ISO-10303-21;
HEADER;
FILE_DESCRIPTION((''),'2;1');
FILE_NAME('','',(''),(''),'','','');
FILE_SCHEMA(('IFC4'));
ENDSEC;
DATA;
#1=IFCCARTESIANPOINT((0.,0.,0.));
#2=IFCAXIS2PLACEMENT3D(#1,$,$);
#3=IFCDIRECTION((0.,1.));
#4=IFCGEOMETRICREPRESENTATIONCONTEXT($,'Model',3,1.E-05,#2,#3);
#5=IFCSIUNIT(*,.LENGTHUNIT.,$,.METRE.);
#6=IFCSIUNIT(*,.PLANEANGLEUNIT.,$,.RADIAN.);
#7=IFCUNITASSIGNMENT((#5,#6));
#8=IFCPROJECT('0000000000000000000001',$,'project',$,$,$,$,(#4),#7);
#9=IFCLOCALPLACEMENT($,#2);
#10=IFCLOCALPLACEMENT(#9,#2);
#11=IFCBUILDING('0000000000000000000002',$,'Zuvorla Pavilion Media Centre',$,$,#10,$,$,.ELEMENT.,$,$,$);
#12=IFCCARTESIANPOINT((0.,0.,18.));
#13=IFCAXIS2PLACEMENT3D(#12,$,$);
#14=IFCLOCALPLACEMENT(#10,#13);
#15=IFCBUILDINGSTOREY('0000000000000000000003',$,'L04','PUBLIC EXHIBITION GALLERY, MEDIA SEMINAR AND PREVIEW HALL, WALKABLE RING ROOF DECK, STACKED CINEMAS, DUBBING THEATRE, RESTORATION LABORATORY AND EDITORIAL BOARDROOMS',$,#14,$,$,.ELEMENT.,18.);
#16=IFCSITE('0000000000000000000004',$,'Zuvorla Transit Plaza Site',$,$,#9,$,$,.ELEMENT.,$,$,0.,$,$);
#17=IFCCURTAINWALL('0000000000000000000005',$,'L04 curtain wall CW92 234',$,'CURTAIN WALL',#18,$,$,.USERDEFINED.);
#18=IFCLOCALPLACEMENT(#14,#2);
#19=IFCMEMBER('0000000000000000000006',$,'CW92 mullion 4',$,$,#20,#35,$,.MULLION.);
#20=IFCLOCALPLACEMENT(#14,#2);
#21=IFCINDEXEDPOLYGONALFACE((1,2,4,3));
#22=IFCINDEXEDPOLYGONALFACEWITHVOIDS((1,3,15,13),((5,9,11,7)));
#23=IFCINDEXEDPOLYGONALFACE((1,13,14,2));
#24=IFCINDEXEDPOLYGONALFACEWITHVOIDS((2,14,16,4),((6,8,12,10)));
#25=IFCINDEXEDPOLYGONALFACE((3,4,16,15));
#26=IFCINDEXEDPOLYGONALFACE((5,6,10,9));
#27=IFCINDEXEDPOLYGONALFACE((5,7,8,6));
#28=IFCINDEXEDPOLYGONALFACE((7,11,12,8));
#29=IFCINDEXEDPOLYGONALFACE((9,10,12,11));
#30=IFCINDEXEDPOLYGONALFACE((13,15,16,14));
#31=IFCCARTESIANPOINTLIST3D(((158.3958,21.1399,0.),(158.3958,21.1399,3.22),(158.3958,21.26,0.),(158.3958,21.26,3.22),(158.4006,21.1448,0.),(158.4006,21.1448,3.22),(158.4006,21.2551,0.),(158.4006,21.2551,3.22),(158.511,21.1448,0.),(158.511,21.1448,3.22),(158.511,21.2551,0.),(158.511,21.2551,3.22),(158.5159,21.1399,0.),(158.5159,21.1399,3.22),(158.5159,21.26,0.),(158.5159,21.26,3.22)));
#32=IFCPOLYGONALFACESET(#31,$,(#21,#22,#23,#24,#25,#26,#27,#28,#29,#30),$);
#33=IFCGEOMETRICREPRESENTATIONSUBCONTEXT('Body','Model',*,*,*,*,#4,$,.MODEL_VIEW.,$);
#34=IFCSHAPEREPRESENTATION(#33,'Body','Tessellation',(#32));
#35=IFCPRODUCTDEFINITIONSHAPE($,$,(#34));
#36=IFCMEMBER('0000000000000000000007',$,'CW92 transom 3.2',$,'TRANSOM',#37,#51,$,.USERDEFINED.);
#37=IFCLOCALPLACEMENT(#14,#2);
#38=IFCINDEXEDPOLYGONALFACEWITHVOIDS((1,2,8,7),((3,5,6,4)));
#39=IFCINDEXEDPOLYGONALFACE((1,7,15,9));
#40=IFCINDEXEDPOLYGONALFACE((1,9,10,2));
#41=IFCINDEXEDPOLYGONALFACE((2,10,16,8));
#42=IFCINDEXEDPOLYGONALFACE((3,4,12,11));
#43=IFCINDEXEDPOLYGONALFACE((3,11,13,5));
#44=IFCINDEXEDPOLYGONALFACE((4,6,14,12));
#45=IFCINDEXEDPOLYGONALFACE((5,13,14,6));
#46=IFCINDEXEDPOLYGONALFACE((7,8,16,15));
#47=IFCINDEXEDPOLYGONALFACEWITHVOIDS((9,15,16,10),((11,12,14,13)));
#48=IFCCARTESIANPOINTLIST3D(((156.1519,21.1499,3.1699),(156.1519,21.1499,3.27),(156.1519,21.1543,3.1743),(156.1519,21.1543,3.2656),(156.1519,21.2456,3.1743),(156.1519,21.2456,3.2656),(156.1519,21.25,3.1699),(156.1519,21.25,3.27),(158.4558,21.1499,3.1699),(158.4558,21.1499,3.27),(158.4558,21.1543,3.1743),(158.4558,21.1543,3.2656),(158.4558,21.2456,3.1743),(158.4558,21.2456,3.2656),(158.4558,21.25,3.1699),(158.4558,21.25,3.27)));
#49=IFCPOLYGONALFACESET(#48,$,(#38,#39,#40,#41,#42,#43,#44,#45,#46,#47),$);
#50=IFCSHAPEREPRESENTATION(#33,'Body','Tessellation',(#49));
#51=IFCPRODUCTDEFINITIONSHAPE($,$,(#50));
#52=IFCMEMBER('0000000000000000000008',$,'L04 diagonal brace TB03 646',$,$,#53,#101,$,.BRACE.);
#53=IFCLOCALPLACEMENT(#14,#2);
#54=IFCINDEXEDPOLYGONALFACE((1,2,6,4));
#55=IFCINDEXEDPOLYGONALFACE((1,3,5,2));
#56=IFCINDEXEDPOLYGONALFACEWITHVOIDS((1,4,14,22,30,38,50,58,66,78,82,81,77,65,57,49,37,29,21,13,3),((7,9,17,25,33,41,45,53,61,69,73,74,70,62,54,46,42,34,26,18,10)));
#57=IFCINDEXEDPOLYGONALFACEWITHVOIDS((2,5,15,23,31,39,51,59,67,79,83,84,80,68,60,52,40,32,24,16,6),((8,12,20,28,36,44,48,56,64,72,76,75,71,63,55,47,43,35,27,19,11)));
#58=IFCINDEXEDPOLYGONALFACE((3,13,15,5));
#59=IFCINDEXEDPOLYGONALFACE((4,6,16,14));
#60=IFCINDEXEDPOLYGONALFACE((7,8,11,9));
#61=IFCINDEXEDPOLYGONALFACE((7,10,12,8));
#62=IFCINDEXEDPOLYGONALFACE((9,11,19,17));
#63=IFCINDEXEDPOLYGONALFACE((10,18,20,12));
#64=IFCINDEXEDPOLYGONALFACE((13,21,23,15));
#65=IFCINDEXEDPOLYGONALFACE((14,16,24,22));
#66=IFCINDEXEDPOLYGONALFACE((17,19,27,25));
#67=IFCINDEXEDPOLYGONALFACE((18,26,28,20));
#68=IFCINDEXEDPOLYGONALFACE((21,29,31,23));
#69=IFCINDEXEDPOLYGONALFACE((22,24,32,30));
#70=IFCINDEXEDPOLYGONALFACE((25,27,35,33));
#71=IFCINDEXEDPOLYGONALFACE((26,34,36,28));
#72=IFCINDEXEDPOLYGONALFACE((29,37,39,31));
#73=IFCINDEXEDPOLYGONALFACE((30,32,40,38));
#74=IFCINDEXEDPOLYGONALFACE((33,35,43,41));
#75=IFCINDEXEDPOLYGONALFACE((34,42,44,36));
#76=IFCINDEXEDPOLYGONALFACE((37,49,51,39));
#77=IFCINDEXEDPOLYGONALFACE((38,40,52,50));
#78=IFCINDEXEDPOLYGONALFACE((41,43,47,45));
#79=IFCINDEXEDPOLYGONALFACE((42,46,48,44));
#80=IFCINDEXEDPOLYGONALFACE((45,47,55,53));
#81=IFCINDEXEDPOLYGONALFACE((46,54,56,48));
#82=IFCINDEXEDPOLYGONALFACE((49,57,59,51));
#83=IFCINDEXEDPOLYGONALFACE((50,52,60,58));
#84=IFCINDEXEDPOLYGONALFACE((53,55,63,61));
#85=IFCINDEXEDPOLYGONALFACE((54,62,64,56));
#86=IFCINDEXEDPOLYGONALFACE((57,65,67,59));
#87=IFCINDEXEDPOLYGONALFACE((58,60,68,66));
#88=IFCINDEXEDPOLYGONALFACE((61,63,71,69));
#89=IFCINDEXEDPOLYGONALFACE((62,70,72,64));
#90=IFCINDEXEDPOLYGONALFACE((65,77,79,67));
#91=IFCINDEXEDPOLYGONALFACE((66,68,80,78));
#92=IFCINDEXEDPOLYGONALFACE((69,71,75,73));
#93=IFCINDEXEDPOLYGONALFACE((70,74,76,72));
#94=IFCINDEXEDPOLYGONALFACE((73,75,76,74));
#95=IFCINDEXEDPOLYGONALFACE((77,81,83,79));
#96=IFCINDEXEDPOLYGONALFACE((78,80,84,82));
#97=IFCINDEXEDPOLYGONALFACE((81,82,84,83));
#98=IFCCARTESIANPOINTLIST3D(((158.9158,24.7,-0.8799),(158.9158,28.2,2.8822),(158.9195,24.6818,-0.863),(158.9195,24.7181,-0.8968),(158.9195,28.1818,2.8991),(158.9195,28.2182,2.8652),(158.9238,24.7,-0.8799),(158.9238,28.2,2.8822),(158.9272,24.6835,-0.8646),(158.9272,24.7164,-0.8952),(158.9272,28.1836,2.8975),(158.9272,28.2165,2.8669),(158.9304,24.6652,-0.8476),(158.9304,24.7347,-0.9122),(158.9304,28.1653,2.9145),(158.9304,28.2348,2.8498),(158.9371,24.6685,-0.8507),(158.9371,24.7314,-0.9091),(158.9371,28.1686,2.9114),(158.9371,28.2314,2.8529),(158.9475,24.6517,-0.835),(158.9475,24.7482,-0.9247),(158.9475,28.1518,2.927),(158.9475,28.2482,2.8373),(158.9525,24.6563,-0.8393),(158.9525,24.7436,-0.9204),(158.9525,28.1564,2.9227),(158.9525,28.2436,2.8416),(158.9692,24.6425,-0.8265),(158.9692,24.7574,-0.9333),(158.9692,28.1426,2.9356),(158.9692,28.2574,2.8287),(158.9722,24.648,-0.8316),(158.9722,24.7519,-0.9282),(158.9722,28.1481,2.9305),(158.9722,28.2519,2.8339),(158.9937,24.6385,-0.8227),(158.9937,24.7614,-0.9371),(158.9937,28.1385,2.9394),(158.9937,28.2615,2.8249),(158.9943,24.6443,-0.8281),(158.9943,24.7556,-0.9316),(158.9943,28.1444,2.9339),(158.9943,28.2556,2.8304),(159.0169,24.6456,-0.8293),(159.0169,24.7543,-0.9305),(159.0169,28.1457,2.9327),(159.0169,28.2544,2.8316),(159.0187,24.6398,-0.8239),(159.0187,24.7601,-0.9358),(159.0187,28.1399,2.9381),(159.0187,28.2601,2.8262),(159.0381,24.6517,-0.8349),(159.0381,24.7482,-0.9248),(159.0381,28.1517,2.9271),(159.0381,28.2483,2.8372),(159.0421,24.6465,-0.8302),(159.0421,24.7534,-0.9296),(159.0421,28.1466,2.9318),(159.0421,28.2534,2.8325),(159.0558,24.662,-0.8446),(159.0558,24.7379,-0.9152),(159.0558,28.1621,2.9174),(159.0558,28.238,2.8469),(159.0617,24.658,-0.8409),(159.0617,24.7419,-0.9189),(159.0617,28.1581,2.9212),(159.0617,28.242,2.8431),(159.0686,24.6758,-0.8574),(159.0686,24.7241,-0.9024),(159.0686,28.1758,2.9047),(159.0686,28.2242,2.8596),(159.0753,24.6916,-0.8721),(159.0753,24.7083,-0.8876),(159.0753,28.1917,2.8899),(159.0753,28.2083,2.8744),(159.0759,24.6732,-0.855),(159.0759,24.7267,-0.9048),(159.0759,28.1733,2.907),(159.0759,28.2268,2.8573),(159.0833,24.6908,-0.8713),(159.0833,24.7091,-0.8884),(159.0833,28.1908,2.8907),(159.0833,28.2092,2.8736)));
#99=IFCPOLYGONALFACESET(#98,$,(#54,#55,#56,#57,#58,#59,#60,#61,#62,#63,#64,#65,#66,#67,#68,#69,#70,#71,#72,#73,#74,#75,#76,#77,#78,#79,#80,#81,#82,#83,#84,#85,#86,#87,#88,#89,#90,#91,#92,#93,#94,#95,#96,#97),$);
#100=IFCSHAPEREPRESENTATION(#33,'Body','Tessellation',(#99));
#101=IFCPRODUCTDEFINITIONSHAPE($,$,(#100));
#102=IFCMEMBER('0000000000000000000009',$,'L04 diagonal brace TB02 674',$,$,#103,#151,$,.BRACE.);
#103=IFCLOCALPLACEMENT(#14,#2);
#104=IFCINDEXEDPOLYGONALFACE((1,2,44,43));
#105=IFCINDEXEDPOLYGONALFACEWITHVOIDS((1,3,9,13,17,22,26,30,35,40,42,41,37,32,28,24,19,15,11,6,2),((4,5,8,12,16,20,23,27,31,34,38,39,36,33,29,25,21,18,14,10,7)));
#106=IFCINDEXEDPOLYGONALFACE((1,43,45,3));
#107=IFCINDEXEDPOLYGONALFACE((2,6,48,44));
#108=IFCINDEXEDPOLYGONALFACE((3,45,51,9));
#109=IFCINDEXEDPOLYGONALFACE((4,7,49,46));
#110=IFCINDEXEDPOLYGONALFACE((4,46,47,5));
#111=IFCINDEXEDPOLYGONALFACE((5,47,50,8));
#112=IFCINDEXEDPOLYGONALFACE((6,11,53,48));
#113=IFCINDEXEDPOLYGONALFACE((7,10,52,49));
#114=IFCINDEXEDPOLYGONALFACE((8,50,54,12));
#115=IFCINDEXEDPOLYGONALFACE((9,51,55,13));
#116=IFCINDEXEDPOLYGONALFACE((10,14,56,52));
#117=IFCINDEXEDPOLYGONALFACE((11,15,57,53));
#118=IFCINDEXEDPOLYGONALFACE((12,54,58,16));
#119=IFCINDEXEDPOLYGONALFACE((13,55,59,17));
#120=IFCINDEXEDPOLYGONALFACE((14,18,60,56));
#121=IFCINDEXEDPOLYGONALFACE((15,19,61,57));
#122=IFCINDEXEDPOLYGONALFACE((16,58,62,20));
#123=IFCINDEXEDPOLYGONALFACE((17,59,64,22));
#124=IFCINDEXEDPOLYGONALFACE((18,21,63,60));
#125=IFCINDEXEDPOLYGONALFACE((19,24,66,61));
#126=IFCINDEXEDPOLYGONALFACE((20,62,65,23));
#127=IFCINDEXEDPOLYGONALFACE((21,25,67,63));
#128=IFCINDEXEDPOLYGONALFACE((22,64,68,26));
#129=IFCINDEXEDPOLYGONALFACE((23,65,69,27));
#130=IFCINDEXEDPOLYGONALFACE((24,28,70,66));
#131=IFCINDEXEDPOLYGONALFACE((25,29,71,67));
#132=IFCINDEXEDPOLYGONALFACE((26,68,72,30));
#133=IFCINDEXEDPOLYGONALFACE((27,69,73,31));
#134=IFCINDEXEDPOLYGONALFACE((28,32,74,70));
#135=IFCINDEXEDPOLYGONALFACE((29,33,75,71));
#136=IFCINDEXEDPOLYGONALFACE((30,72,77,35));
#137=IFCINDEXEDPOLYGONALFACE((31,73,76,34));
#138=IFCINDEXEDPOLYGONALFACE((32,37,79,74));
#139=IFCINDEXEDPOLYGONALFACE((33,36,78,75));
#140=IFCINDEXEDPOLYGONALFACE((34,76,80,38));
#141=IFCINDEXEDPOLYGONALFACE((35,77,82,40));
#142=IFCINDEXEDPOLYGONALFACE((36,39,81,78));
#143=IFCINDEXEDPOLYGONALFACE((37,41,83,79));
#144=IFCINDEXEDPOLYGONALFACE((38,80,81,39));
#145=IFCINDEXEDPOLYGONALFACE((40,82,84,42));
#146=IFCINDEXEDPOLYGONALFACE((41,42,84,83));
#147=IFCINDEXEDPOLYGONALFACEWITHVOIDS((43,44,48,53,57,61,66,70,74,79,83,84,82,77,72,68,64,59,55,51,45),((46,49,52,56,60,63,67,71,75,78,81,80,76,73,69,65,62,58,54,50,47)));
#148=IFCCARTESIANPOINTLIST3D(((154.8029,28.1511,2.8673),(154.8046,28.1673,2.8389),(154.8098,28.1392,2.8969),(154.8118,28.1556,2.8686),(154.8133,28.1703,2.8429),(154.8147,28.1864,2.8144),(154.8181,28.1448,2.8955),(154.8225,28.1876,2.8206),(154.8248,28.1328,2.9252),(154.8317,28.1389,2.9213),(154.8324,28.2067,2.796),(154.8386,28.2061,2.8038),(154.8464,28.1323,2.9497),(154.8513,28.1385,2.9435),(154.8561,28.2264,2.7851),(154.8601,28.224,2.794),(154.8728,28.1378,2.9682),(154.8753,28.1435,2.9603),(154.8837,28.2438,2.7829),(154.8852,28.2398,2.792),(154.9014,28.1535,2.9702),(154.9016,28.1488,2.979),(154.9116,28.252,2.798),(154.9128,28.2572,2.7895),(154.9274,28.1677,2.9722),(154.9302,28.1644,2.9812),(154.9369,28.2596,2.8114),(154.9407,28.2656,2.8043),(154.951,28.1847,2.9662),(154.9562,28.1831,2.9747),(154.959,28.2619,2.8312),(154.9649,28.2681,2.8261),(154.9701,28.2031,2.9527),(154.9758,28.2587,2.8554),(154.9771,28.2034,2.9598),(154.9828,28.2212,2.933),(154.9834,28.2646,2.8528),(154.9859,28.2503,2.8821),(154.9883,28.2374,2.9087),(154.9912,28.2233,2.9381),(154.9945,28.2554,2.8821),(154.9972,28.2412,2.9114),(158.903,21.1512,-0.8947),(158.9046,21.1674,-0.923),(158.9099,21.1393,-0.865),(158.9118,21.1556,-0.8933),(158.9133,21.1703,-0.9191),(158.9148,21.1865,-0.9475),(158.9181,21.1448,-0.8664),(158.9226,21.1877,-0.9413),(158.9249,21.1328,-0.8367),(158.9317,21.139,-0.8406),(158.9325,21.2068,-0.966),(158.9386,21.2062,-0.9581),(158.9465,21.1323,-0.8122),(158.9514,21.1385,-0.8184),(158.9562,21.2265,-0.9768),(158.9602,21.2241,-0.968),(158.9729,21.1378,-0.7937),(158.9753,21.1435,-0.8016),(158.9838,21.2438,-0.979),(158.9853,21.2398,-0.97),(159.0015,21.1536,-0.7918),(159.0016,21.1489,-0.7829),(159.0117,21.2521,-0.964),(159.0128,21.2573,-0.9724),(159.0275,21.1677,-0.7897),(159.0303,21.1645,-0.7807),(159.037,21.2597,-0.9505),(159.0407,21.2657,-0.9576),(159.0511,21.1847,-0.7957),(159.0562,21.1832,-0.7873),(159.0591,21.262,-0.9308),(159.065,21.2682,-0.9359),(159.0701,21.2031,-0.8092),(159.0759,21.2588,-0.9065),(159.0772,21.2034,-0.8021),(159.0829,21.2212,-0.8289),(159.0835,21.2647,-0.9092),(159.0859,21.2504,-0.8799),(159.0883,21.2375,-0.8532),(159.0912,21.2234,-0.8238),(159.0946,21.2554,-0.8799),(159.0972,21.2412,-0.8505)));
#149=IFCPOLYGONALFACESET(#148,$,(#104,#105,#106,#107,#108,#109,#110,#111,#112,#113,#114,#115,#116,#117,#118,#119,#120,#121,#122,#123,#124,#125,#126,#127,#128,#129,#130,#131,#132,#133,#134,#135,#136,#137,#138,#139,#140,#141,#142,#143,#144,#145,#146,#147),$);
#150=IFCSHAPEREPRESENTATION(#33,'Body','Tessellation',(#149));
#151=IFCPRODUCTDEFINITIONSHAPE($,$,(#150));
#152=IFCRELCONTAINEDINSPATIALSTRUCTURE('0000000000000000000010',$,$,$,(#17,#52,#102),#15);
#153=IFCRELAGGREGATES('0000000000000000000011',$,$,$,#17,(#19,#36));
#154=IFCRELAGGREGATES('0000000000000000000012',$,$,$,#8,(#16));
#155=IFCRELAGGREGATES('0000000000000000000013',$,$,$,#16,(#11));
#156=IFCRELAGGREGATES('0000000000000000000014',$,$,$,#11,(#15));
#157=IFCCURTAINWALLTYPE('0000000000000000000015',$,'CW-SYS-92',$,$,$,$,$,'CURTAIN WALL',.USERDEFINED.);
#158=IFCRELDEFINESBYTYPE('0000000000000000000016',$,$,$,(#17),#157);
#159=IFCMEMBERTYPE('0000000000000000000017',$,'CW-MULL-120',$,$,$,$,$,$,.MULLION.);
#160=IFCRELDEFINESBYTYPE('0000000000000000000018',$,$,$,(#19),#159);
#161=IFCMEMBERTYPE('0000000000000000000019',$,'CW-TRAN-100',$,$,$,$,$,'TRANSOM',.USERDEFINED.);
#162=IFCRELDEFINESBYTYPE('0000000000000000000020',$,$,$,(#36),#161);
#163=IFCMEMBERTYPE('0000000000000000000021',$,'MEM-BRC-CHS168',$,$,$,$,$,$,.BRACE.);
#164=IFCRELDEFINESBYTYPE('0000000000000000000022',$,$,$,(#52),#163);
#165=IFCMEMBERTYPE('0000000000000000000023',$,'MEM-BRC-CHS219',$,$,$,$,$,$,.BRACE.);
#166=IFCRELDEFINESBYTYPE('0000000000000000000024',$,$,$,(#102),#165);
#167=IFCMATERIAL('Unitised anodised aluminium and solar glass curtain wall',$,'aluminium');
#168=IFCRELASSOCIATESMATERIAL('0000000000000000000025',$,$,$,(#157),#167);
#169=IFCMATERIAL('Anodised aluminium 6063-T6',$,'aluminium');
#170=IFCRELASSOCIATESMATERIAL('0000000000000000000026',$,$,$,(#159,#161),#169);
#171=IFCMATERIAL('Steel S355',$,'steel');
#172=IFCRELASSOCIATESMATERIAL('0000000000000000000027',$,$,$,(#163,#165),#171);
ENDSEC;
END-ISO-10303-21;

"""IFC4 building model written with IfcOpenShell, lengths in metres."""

from ifc_helpers import new_model, si_unit, direction, frame, origin, origin_2d, place, context, subcontext, project, spatial, hollow_rectangle, hollow_circle, extrude, material, material_profile, profile_set, type_object, element, aggregate, save


model = new_model("IFC4")

# Units and contexts
model_context = context("Model", 3, precision=1e-05, world=origin(), true_north=direction((0.0, 1.0)))
body_context = subcontext(model_context, "Body", "Model", "MODEL_VIEW")
ifc_project = project(units=[si_unit("LENGTHUNIT", "METRE"), si_unit("PLANEANGLEUNIT", "RADIAN")], contexts=[model_context])

# Site, building, storey
site_placement = place(None, origin())
site = spatial("IfcSite", under=ifc_project, at=site_placement, Name="Zuvorla Transit Plaza Site", CompositionType="ELEMENT", RefElevation=0.0)
building_placement = place(site_placement, origin())
building = spatial("IfcBuilding", under=site, at=building_placement, Name="Zuvorla Pavilion Media Centre", CompositionType="ELEMENT")
storey_placement = place(building_placement, frame((0.0, 0.0, 18.0)))
storey = spatial("IfcBuildingStorey", under=building, at=storey_placement, Name="L04", Description="PUBLIC EXHIBITION GALLERY, MEDIA SEMINAR AND PREVIEW HALL, WALKABLE RING ROOF DECK, STACKED CINEMAS, DUBBING THEATRE, RESTORATION LABORATORY AND EDITORIAL BOARDROOMS", CompositionType="ELEMENT", Elevation=18.0)

# Curtain wall, members
ifc_material_1 = material(Name="Unitised anodised aluminium and solar glass curtain wall", Category="aluminium")
curtain_wall_type = type_object("IfcCurtainWallType", Name="CW-SYS-92", ElementType="CURTAIN WALL", PredefinedType="USERDEFINED", material=ifc_material_1)
curtain_wall_placement = place(storey_placement, origin())
curtain_wall = element("IfcCurtainWall", 1, at=curtain_wall_placement, inside=storey, type_object=curtain_wall_type, Name="L04 curtain wall CW92 234", ObjectType="CURTAIN WALL", PredefinedType="USERDEFINED")
ifc_material_2 = material(Name="Anodised aluminium 6063-T6", Category="aluminium")
ifc_material_profile_1 = material_profile(ifc_material_2, hollow_rectangle(XDim=0.1201, YDim=0.1201, WallThickness=0.0049, at=origin_2d()), Name="ALU MULL 120x120")
ifc_profile_set_1 = profile_set([ifc_material_profile_1], Name="Anodised aluminium 6063-T6")
member_type_1 = type_object("IfcMemberType", Name="CW-MULL-120", PredefinedType="MULLION", material=ifc_profile_set_1)
member_1_placement = place(storey_placement, frame((158.4558, 21.2, 0.0), z_axis=(0.0, 0.0, 1.0), x_axis=(1.0, 0.0, 0.0)))
member_1 = element("IfcMember", 2, at=member_1_placement, type_object=member_type_1, Name="CW92 mullion 4", PredefinedType="MULLION", context=body_context, shape_type="SweptSolid", body=[
    extrude(hollow_rectangle(XDim=0.1201, YDim=0.1201, WallThickness=0.0049, at=origin_2d()), origin(), (0.0, 0.0, 1.0), 3.22),
])
ifc_material_profile_2 = material_profile(ifc_material_2, hollow_rectangle(XDim=0.1001, YDim=0.1001, WallThickness=0.0044, at=origin_2d()), Name="ALU TRAN 100x100")
ifc_profile_set_2 = profile_set([ifc_material_profile_2], Name="Anodised aluminium 6063-T6")
member_type_2 = type_object("IfcMemberType", Name="CW-TRAN-100", ElementType="TRANSOM", PredefinedType="USERDEFINED", material=ifc_profile_set_2)
member_2_placement = place(storey_placement, frame((156.1519, 21.2, 3.22), z_axis=(1.0, 0.0, 0.0), x_axis=(0.0, 1.0, 0.0)))
member_2 = element("IfcMember", 3, at=member_2_placement, type_object=member_type_2, Name="CW92 transom 3.2", ObjectType="TRANSOM", PredefinedType="USERDEFINED", context=body_context, shape_type="SweptSolid", body=[
    extrude(hollow_rectangle(XDim=0.1001, YDim=0.1001, WallThickness=0.0044, at=origin_2d()), origin(), (0.0, 0.0, 1.0), 2.304),
])

# Members
ifc_material_3 = material(Name="Steel S355", Category="steel")
ifc_material_profile_3 = material_profile(ifc_material_3, hollow_circle(Radius=0.0842, WallThickness=0.0081, at=origin_2d()), Name="CHS 168.3x8")
ifc_profile_set_3 = profile_set([ifc_material_profile_3], Name="Steel S355")
member_type_3 = type_object("IfcMemberType", Name="MEM-BRC-CHS168", PredefinedType="BRACE", material=ifc_profile_set_3)
member_3_placement = place(storey_placement, frame((159.0, 24.7, -0.8799), z_axis=(0.0, 0.681156, 0.732138), x_axis=(-1.0, 0.0, 0.0)))
element("IfcMember", 4, at=member_3_placement, inside=storey, type_object=member_type_3, Name="L04 diagonal brace TB03 646", PredefinedType="BRACE", context=body_context, shape_type="SweptSolid", body=[
    extrude(hollow_circle(Radius=0.0842, WallThickness=0.0081, at=origin_2d()), origin(), (0.0, 0.0, 1.0), 5.1384),
])
ifc_material_profile_4 = material_profile(ifc_material_3, hollow_circle(Radius=0.1096, WallThickness=0.01, at=origin_2d()), Name="CHS 219.1x10")
ifc_profile_set_4 = profile_set([ifc_material_profile_4], Name="Steel S355")
member_type_4 = type_object("IfcMemberType", Name="MEM-BRC-CHS219", PredefinedType="BRACE", material=ifc_profile_set_4)
member_4_placement = place(storey_placement, frame((154.8999, 28.2, 2.8821), z_axis=(0.45851, -0.782804, -0.420697), x_axis=(0.862878, 0.505412, 0.0)))
element("IfcMember", 5, at=member_4_placement, inside=storey, type_object=member_type_4, Name="L04 diagonal brace TB02 674", PredefinedType="BRACE", context=body_context, shape_type="SweptSolid", body=[
    extrude(hollow_circle(Radius=0.1096, WallThickness=0.01, at=origin_2d()), origin(), (0.0, 0.0, 1.0), 8.9421),
])

aggregate(curtain_wall, [member_1, member_2])

save(model, "model.ifc")
